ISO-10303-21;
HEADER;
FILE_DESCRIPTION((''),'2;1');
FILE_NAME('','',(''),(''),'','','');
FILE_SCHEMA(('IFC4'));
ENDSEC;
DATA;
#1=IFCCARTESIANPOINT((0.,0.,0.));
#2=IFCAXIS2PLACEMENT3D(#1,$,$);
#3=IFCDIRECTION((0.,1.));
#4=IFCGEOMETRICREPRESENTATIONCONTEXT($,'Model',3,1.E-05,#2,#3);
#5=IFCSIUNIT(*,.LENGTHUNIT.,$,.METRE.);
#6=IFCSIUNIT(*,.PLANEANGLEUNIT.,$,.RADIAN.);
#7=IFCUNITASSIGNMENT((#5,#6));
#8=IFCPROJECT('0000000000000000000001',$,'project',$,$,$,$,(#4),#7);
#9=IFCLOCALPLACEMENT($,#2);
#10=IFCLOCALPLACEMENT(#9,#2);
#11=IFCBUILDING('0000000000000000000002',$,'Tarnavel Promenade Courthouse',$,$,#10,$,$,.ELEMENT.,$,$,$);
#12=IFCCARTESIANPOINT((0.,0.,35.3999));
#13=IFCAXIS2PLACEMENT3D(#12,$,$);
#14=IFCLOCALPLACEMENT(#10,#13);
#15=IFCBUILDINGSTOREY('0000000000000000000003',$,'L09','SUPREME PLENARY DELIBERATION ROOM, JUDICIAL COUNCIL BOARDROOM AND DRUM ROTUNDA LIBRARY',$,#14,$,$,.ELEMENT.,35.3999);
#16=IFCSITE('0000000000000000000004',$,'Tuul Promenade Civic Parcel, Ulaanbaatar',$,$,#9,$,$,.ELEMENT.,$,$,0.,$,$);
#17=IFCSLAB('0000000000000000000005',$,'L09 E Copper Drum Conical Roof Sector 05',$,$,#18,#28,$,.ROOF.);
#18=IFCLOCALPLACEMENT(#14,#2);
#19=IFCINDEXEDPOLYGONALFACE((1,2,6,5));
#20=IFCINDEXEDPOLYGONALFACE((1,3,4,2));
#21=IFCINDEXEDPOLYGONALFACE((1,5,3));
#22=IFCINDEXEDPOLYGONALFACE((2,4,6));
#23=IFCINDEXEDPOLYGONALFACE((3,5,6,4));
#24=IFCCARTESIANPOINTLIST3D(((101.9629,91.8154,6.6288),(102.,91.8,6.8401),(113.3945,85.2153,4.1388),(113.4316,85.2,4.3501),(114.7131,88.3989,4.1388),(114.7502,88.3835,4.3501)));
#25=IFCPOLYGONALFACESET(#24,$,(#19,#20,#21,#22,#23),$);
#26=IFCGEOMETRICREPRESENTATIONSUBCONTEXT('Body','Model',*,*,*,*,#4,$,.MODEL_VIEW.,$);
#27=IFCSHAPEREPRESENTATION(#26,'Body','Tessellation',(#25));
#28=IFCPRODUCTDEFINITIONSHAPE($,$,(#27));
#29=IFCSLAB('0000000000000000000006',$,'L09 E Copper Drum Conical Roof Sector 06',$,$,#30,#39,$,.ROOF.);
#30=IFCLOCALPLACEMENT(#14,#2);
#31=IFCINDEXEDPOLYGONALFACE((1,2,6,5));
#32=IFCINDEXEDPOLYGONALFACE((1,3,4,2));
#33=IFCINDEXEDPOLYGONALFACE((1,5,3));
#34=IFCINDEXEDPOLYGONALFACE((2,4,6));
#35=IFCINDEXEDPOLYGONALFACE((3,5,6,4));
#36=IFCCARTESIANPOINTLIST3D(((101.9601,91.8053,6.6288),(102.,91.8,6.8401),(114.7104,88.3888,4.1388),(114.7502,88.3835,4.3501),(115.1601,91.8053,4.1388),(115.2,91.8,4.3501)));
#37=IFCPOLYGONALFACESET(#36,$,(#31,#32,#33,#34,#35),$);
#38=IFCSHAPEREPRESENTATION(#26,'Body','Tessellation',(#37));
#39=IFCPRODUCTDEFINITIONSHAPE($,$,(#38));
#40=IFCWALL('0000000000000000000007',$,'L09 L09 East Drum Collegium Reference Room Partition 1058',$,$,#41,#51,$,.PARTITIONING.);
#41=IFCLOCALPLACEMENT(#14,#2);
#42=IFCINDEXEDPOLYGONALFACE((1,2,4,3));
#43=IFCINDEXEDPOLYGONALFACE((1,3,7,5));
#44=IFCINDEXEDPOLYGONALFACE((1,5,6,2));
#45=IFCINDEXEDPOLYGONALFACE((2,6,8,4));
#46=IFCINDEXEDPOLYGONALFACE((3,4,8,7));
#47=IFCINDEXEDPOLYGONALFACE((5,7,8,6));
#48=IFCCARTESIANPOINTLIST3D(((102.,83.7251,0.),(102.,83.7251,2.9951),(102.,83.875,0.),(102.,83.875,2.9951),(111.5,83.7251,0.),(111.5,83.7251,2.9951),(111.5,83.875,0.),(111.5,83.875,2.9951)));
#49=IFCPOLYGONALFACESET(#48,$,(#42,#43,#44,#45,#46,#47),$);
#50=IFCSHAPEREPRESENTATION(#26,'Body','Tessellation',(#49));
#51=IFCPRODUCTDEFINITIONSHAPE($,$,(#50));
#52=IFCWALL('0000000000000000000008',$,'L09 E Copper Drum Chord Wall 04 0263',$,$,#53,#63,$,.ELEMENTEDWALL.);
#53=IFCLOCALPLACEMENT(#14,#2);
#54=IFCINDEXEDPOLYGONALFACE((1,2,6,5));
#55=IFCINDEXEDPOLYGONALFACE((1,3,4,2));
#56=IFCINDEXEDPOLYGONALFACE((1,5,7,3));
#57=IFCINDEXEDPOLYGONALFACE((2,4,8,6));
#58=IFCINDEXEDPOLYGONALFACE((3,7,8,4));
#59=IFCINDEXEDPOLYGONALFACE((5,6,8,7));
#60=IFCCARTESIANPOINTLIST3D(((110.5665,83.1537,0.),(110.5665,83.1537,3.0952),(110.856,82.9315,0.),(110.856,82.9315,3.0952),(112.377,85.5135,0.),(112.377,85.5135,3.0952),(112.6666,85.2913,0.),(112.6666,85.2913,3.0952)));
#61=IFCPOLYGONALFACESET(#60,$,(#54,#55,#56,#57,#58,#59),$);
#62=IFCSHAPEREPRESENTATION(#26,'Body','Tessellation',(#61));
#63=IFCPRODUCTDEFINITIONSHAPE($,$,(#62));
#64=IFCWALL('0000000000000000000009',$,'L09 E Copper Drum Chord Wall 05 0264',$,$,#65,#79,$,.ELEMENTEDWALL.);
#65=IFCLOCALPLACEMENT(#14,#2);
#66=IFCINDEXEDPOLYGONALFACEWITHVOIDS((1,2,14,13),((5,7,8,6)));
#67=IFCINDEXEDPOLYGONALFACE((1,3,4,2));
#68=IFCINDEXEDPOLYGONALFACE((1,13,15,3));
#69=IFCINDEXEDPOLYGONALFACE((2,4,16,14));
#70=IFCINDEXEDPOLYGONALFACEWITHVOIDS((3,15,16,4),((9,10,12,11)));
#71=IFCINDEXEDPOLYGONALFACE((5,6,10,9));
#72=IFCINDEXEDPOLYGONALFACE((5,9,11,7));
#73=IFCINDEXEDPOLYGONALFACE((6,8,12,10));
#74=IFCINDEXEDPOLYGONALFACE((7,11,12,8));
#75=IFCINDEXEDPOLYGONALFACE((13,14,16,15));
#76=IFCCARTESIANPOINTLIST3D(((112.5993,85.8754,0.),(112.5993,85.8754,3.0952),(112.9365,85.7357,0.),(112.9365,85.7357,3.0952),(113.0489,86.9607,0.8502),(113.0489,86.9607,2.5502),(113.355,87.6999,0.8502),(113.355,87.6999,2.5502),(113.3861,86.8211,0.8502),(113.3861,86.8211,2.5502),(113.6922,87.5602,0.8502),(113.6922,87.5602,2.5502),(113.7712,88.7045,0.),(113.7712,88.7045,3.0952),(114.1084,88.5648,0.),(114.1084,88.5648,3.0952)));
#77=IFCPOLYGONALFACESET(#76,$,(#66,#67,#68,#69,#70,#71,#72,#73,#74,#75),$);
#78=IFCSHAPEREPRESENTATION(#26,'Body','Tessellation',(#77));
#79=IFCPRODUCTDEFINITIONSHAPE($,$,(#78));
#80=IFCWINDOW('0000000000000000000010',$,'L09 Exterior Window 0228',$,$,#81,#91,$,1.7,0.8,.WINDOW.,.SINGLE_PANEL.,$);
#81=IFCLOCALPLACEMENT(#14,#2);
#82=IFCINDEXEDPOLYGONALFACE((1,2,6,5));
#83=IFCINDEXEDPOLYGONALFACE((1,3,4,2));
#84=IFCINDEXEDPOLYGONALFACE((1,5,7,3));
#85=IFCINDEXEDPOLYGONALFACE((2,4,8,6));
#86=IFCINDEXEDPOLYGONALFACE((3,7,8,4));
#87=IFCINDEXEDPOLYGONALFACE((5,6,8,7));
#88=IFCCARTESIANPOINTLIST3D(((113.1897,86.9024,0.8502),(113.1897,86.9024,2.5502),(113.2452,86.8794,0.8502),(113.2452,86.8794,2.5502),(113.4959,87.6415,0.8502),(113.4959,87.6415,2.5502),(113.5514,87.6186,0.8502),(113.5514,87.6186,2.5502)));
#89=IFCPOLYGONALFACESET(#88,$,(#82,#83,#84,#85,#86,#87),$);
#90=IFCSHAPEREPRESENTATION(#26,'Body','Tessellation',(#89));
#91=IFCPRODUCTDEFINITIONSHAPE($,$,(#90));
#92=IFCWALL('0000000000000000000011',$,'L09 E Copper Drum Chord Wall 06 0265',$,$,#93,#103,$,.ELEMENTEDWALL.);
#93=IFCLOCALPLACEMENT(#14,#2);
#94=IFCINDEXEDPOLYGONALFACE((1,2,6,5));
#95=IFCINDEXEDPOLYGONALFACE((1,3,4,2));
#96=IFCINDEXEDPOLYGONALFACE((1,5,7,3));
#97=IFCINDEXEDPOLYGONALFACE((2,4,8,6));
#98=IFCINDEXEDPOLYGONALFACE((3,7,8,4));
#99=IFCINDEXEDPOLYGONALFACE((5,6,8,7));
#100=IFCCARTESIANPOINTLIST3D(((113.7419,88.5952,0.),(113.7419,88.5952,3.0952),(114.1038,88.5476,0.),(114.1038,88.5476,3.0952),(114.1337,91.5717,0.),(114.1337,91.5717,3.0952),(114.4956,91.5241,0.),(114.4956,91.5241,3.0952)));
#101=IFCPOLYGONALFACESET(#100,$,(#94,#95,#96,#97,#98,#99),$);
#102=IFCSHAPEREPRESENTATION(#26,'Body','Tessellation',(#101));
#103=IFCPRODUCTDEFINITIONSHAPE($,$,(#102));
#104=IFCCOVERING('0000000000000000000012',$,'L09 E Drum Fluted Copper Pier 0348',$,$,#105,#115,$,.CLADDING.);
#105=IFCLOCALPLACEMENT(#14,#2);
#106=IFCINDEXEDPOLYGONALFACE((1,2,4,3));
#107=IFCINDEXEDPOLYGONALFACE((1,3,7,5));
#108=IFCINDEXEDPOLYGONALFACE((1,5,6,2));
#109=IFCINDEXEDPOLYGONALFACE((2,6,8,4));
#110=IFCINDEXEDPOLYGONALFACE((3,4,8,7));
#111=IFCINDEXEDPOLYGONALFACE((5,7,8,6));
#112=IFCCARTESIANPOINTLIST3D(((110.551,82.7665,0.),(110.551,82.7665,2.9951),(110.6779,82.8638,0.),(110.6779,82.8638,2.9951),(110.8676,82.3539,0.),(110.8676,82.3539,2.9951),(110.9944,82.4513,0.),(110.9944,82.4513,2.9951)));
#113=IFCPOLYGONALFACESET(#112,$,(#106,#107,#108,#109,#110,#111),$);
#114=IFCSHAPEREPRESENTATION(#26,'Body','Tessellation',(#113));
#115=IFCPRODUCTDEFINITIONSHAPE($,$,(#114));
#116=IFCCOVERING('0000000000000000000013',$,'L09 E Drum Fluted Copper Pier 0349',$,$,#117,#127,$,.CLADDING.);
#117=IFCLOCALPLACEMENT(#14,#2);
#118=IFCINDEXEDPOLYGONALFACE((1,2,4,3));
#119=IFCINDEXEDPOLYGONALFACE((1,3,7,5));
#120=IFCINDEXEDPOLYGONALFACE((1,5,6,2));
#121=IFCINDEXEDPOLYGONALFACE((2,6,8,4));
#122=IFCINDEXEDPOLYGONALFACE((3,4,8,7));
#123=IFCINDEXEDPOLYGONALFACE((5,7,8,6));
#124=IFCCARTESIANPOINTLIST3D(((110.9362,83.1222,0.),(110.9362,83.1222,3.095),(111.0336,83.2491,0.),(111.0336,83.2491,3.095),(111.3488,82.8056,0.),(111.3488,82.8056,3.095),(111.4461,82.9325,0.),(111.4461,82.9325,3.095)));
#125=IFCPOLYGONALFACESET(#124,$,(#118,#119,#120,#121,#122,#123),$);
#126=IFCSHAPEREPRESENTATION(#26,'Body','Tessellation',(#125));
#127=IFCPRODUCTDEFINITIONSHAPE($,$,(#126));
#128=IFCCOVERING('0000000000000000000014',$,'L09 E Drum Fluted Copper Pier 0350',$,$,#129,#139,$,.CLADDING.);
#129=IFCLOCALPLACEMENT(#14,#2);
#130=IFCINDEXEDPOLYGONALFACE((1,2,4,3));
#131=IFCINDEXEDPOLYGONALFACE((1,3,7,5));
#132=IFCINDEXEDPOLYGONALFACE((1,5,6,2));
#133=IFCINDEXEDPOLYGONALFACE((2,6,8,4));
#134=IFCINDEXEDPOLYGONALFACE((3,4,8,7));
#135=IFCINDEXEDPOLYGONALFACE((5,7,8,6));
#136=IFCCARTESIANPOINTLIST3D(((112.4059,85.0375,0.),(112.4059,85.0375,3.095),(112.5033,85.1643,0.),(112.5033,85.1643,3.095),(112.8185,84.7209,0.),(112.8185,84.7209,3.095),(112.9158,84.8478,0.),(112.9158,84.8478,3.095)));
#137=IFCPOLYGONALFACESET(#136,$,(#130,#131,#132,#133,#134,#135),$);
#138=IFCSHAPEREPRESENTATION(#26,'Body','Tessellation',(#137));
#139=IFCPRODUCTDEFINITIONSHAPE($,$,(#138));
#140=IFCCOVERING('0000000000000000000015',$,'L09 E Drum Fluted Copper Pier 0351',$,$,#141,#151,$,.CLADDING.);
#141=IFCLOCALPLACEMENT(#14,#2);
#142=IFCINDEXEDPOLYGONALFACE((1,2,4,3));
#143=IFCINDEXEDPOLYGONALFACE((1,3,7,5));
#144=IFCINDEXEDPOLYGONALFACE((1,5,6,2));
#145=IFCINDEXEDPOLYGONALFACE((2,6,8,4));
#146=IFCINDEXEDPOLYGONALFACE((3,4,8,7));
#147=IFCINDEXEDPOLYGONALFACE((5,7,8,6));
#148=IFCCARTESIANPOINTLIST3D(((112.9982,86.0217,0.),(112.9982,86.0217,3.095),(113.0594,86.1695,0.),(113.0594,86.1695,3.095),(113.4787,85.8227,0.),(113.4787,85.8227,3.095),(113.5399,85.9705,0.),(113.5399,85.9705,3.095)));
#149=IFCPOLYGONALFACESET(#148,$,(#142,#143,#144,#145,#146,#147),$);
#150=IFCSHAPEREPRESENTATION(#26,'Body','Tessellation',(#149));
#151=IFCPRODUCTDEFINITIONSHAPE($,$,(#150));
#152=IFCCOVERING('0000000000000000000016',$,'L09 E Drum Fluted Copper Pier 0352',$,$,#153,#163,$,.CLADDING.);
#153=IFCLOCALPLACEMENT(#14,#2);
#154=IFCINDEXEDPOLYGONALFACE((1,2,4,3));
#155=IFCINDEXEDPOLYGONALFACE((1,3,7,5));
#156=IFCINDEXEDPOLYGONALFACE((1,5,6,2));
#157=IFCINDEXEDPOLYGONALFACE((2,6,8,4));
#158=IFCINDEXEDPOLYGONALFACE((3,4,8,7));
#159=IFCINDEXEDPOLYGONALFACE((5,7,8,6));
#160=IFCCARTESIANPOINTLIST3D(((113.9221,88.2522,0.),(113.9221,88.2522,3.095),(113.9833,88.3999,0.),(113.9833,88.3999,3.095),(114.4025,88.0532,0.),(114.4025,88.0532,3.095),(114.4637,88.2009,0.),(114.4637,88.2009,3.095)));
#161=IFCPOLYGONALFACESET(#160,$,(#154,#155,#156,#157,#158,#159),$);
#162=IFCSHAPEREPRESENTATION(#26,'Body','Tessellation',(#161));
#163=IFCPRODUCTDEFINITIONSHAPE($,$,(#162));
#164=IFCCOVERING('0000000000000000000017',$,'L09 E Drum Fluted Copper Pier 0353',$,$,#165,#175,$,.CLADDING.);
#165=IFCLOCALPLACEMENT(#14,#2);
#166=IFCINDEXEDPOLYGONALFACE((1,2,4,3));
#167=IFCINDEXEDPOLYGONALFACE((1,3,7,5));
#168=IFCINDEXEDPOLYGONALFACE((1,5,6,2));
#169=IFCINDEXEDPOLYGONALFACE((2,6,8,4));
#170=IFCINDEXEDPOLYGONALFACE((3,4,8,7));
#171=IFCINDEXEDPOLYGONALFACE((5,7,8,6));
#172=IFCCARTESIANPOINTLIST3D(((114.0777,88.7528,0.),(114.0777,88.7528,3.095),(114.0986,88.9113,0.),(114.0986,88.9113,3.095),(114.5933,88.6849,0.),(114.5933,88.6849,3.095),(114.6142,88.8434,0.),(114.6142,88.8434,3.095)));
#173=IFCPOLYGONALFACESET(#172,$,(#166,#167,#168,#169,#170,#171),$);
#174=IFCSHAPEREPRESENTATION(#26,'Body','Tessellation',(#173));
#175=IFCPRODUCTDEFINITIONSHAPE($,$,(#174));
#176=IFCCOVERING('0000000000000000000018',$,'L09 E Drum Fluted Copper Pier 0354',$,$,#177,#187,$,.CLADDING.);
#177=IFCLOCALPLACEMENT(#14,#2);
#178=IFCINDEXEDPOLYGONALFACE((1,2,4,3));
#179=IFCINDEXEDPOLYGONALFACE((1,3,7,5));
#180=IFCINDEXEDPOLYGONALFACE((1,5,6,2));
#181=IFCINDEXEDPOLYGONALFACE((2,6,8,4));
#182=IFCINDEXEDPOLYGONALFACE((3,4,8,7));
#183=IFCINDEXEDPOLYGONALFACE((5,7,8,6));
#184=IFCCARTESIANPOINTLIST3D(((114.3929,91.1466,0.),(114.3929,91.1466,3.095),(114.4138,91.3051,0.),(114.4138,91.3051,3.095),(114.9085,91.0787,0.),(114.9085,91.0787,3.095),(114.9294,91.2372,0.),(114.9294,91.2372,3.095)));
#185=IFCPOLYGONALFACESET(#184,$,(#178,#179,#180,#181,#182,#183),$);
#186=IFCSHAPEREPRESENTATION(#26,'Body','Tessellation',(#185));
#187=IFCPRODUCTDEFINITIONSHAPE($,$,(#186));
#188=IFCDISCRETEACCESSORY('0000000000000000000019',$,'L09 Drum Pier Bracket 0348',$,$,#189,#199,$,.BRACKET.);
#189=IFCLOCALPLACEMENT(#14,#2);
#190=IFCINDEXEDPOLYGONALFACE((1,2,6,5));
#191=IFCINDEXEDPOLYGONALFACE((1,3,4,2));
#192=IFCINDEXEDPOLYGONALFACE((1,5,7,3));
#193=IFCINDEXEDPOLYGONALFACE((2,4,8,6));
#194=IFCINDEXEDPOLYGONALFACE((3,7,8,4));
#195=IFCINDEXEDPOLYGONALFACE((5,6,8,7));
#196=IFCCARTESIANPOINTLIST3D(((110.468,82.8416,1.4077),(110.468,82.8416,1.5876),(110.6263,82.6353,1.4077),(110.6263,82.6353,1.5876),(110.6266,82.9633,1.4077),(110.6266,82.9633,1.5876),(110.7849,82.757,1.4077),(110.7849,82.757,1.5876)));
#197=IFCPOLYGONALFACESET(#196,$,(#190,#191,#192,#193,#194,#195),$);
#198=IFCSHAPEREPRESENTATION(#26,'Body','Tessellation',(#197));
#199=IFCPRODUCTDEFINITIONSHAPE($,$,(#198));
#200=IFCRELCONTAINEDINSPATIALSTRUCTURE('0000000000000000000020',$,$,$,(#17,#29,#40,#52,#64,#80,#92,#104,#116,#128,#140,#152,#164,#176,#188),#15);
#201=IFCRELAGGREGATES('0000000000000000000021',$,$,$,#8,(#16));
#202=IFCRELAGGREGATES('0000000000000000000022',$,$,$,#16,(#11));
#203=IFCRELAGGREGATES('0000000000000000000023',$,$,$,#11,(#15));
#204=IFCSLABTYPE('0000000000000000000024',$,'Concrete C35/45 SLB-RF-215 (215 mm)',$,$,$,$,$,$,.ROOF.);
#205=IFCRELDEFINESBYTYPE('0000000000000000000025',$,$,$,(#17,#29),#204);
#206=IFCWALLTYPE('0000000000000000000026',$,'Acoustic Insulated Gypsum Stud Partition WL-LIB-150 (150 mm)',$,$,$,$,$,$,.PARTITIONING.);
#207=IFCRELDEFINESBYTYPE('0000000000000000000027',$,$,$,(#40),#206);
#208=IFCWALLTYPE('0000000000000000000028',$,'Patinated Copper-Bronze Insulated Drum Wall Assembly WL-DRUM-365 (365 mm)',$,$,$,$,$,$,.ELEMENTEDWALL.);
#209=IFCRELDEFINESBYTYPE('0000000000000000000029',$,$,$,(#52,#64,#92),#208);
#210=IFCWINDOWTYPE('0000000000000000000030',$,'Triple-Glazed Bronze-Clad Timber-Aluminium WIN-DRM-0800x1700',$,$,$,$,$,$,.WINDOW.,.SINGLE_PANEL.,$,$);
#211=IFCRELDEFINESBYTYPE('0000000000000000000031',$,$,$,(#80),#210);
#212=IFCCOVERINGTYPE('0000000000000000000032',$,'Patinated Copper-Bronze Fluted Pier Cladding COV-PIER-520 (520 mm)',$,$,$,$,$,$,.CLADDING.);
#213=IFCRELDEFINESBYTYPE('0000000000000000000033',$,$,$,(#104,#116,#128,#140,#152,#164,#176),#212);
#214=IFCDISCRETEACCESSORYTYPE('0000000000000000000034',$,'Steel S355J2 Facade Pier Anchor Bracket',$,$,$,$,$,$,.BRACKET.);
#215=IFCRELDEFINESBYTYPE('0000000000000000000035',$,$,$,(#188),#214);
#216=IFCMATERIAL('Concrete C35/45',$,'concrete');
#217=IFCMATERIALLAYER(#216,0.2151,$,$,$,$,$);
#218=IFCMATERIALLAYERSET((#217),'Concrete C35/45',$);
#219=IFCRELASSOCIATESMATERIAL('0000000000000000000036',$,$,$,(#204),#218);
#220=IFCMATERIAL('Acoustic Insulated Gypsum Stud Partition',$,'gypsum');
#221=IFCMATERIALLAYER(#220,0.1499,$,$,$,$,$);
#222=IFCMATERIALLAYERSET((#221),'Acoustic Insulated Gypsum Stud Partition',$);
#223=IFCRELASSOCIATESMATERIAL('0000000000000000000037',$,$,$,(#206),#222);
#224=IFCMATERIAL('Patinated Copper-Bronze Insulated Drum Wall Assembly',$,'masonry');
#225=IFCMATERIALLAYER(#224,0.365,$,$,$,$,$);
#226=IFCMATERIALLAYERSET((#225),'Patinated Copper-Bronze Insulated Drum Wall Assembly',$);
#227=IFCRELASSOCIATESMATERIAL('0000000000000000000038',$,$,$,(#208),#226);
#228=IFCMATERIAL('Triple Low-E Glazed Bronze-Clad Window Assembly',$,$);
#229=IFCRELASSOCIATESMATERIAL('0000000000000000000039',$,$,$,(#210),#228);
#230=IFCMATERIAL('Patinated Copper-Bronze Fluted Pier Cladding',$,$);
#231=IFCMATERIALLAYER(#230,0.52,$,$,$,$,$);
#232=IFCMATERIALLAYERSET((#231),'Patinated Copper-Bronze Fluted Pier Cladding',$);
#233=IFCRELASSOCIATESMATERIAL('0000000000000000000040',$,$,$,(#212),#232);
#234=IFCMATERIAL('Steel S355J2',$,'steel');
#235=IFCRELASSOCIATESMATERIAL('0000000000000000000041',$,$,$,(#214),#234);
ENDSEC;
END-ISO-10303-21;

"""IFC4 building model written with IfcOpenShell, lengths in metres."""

from ifc_helpers import new_model, si_unit, direction, frame, frame_2d, origin, origin_2d, place, context, subcontext, project, spatial, polyline, rectangle, outline, extrude, material, layer, layer_set, type_object, element, fill, save


model = new_model("IFC4")

# Units and contexts
model_context = context("Model", 3, precision=1e-05, world=origin(), true_north=direction((0.0, 1.0)))
body_context = subcontext(model_context, "Body", "Model", "MODEL_VIEW")
ifc_project = project(units=[si_unit("LENGTHUNIT", "METRE"), si_unit("PLANEANGLEUNIT", "RADIAN")], contexts=[model_context])

# Site, building, storey
site_placement = place(None, origin())
site = spatial("IfcSite", under=ifc_project, at=site_placement, Name="Tuul Promenade Civic Parcel, Ulaanbaatar", CompositionType="ELEMENT", RefElevation=0.0)
building_placement = place(site_placement, origin())
building = spatial("IfcBuilding", under=site, at=building_placement, Name="Tarnavel Promenade Courthouse", CompositionType="ELEMENT")
storey_placement = place(building_placement, frame((0.0, 0.0, 35.3999)))
storey = spatial("IfcBuildingStorey", under=building, at=storey_placement, Name="L09", Description="SUPREME PLENARY DELIBERATION ROOM, JUDICIAL COUNCIL BOARDROOM AND DRUM ROTUNDA LIBRARY", CompositionType="ELEMENT", Elevation=35.3999)

# Shared definitions
ifc_material_1 = material(Name="Steel S355J2", Category="steel")

# Slabs
ifc_material_2 = material(Name="Concrete C35/45", Category="concrete")
ifc_layer_1 = layer(ifc_material_2, 0.2151)
ifc_layer_set_1 = layer_set([ifc_layer_1], Name="Concrete C35/45")
slab_type = type_object("IfcSlabType", Name="Concrete C35/45 SLB-RF-215 (215 mm)", PredefinedType="ROOF", material=ifc_layer_set_1)
slab_1_placement = place(storey_placement, frame((113.4316, 85.2, 4.3501), z_axis=(0.172683, -0.071523, 0.982377), x_axis=(0.382663, 0.923888, 0.0)))
element("IfcSlab", 1, at=slab_1_placement, inside=storey, type_object=slab_type, Name="L09 E Copper Drum Conical Roof Sector 05", PredefinedType="ROOF", context=body_context, shape_type="SweptSolid", body=[
    extrude(outline(polyline([(0.0, 0.0), (3.4459, 0.0), (1.7233, 13.3219), (0.0, 0.0)])), origin(), (0.0, 0.0, -1.0), 0.2151),
])
slab_2_placement = place(storey_placement, frame((114.7502, 88.3835, 4.3501), z_axis=(0.185312, -0.024392, 0.982377), x_axis=(0.130502, 0.991448, 0.0)))
element("IfcSlab", 2, at=slab_2_placement, inside=storey, type_object=slab_type, Name="L09 E Copper Drum Conical Roof Sector 06", PredefinedType="ROOF", context=body_context, shape_type="SweptSolid", body=[
    extrude(outline(polyline([(0.0, 0.0), (3.446, 0.0), (1.7234, 13.3218), (0.0, 0.0)])), origin(), (0.0, 0.0, -1.0), 0.2151),
])

# Walls
ifc_material_3 = material(Name="Acoustic Insulated Gypsum Stud Partition", Category="gypsum")
ifc_layer_2 = layer(ifc_material_3, 0.1499)
ifc_layer_set_2 = layer_set([ifc_layer_2], Name="Acoustic Insulated Gypsum Stud Partition")
wall_type_1 = type_object("IfcWallType", Name="Acoustic Insulated Gypsum Stud Partition WL-LIB-150 (150 mm)", PredefinedType="PARTITIONING", material=ifc_layer_set_2)
wall_1_placement = place(storey_placement, frame((111.5, 83.8, 0.0), z_axis=(0.0, 0.0, 1.0), x_axis=(-1.0, 0.0, 0.0)))
element("IfcWall", 3, at=wall_1_placement, inside=storey, type_object=wall_type_1, Name="L09 L09 East Drum Collegium Reference Room Partition 1058", PredefinedType="PARTITIONING", context=body_context, shape_type="SweptSolid", body=[
    extrude(rectangle(XDim=9.5, YDim=0.1499, at=frame_2d((4.75, 0.0))), origin(), (0.0, 0.0, 1.0), 2.9951),
])
ifc_material_4 = material(Name="Patinated Copper-Bronze Insulated Drum Wall Assembly", Category="masonry")
ifc_layer_3 = layer(ifc_material_4, 0.365)
ifc_layer_set_3 = layer_set([ifc_layer_3], Name="Patinated Copper-Bronze Insulated Drum Wall Assembly")
wall_type_2 = type_object("IfcWallType", Name="Patinated Copper-Bronze Insulated Drum Wall Assembly WL-DRUM-365 (365 mm)", PredefinedType="ELEMENTEDWALL", material=ifc_layer_set_3)
wall_2_placement = place(storey_placement, frame((110.7112, 83.0425, 0.0), z_axis=(0.0, 0.0, 1.0), x_axis=(0.608711, 0.793392, 0.0)))
element("IfcWall", 4, at=wall_2_placement, inside=storey, type_object=wall_type_2, Name="L09 E Copper Drum Chord Wall 04 0263", PredefinedType="ELEMENTEDWALL", context=body_context, shape_type="SweptSolid", body=[
    extrude(rectangle(XDim=2.9744, YDim=0.365, at=frame_2d((1.4873, 0.0))), origin(), (0.0, 0.0, 1.0), 3.0952),
])

# Wall, opening, window
wall_3_placement = place(storey_placement, frame((112.7678, 85.8054, 0.0), z_axis=(0.0, 0.0, 1.0), x_axis=(0.38269, 0.923877, 0.0)))
wall_3 = element("IfcWall", 5, at=wall_3_placement, inside=storey, type_object=wall_type_2, Name="L09 E Copper Drum Chord Wall 05 0264", PredefinedType="ELEMENTEDWALL", context=body_context, shape_type="SweptSolid", body=[
    extrude(rectangle(XDim=3.0623, YDim=0.365, at=frame_2d((1.5312, 0.0))), origin(), (0.0, 0.0, 1.0), 3.0952),
])
opening_placement = place(wall_3_placement, frame((1.175, 0.0, 0.8501)))
opening = element("IfcOpeningElement", 6, at=opening_placement, cuts=wall_3, PredefinedType="OPENING", context=body_context, shape_type="SweptSolid", body=[
    extrude(rectangle(XDim=0.8, YDim=1.7, at=frame_2d((0.3999, 0.8501))), frame((0.0, 0.1924, 0.0), z_axis=(0.0, -1.0, 0.0), x_axis=(1.0, 0.0, 0.0)), (0.0, 0.0, 1.0), 0.385),
])
ifc_material_5 = material(Name="Triple Low-E Glazed Bronze-Clad Window Assembly")
window_type = type_object("IfcWindowType", Name="Triple-Glazed Bronze-Clad Timber-Aluminium WIN-DRM-0800x1700", PartitioningType="SINGLE_PANEL", PredefinedType="WINDOW", material=ifc_material_5)
window_placement = place(opening_placement, origin())
window = element("IfcWindow", 7, at=window_placement, inside=storey, type_object=window_type, Name="L09 Exterior Window 0228", OverallHeight=1.7, OverallWidth=0.8, PartitioningType="SINGLE_PANEL", PredefinedType="WINDOW", context=body_context, shape_type="SweptSolid", body=[
    extrude(rectangle(XDim=0.8, YDim=1.7, at=frame_2d((0.3999, 0.8501))), frame((0.0, 0.03, 0.0), z_axis=(0.0, -1.0, 0.0), x_axis=(1.0, 0.0, 0.0)), (0.0, 0.0, 1.0), 0.0601),
])
fill(opening, window)

# Wall
wall_4_placement = place(storey_placement, frame((113.9229, 88.5715, 0.0), z_axis=(0.0, 0.0, 1.0), x_axis=(0.130518, 0.991446, 0.0)))
element("IfcWall", 8, at=wall_4_placement, inside=storey, type_object=wall_type_2, Name="L09 E Copper Drum Chord Wall 06 0265", PredefinedType="ELEMENTEDWALL", context=body_context, shape_type="SweptSolid", body=[
    extrude(rectangle(XDim=3.0022, YDim=0.365, at=frame_2d((1.501, 0.0))), origin(), (0.0, 0.0, 1.0), 3.0952),
])

# Coverings
ifc_material_6 = material(Name="Patinated Copper-Bronze Fluted Pier Cladding")
ifc_layer_4 = layer(ifc_material_6, 0.52)
ifc_layer_set_4 = layer_set([ifc_layer_4], Name="Patinated Copper-Bronze Fluted Pier Cladding")
covering_type = type_object("IfcCoveringType", Name="Patinated Copper-Bronze Fluted Pier Cladding COV-PIER-520 (520 mm)", PredefinedType="CLADDING", material=ifc_layer_set_4)
covering_placement = place(storey_placement, frame((110.7727, 82.6089, 0.0), z_axis=(0.0, 0.0, 1.0), x_axis=(0.793353, 0.608761, 0.0)))
element("IfcCovering", 9, at=covering_placement, inside=storey, type_object=covering_type, Name="L09 E Drum Fluted Copper Pier 0348", PredefinedType="CLADDING", context=body_context, shape_type="SweptSolid", body=[
    extrude(rectangle(XDim=0.1599, YDim=0.52, at=origin_2d()), origin(), (0.0, 0.0, 1.0), 2.9951),
])
for number, where, z_axis, x_axis, name in (
    (10, (111.1912, 83.0273, 0.0), (0.0, 0.0, 1.0), (0.608761, 0.793353, 0.0), "L09 E Drum Fluted Copper Pier 0349"),
    (11, (112.6609, 84.9426, 0.0), (0.0, 0.0, 1.0), (0.608761, 0.793353, 0.0), "L09 E Drum Fluted Copper Pier 0350"),
    (12, (113.269, 85.9961, 0.0), (0.0, 0.0, 1.0), (0.382683, 0.92388, 0.0), "L09 E Drum Fluted Copper Pier 0351"),
    (13, (114.1929, 88.2266, 0.0), (0.0, 0.0, 1.0), (0.382683, 0.92388, 0.0), "L09 E Drum Fluted Copper Pier 0352"),
    (14, (114.3459, 88.7981, 0.0), (0.0, 0.0, 1.0), (0.130526, 0.991445, 0.0), "L09 E Drum Fluted Copper Pier 0353"),
    (15, (114.6611, 91.1919, 0.0), (0.0, 0.0, 1.0), (0.130526, 0.991445, 0.0), "L09 E Drum Fluted Copper Pier 0354"),
):
    element("IfcCovering", number, at=place(storey_placement, frame(where, z_axis=z_axis, x_axis=x_axis)), inside=storey, type_object=covering_type, Name=name, PredefinedType="CLADDING", context=body_context, shape_type="SweptSolid", body=[
        extrude(rectangle(XDim=0.1599, YDim=0.52, at=origin_2d()), origin(), (0.0, 0.0, 1.0), 3.095),
    ])

# Discrete accessory
discrete_accessory_type = type_object("IfcDiscreteAccessoryType", Name="Steel S355J2 Facade Pier Anchor Bracket", PredefinedType="BRACKET", material=ifc_material_1)
for number, where, z_axis, x_axis, name in (
    (16, (110.6265, 82.7993, 1.4077), (0.0, 0.0, 1.0), (0.793353, 0.608761, 0.0), "L09 Drum Pier Bracket 0348"),
):
    element("IfcDiscreteAccessory", number, at=place(storey_placement, frame(where, z_axis=z_axis, x_axis=x_axis)), inside=storey, type_object=discrete_accessory_type, Name=name, PredefinedType="BRACKET", context=body_context, shape_type="SweptSolid", body=[
        extrude(rectangle(XDim=0.2, YDim=0.26, at=origin_2d()), origin(), (0.0, 0.0, 1.0), 0.1799),
    ])

save(model, "model.ifc")
